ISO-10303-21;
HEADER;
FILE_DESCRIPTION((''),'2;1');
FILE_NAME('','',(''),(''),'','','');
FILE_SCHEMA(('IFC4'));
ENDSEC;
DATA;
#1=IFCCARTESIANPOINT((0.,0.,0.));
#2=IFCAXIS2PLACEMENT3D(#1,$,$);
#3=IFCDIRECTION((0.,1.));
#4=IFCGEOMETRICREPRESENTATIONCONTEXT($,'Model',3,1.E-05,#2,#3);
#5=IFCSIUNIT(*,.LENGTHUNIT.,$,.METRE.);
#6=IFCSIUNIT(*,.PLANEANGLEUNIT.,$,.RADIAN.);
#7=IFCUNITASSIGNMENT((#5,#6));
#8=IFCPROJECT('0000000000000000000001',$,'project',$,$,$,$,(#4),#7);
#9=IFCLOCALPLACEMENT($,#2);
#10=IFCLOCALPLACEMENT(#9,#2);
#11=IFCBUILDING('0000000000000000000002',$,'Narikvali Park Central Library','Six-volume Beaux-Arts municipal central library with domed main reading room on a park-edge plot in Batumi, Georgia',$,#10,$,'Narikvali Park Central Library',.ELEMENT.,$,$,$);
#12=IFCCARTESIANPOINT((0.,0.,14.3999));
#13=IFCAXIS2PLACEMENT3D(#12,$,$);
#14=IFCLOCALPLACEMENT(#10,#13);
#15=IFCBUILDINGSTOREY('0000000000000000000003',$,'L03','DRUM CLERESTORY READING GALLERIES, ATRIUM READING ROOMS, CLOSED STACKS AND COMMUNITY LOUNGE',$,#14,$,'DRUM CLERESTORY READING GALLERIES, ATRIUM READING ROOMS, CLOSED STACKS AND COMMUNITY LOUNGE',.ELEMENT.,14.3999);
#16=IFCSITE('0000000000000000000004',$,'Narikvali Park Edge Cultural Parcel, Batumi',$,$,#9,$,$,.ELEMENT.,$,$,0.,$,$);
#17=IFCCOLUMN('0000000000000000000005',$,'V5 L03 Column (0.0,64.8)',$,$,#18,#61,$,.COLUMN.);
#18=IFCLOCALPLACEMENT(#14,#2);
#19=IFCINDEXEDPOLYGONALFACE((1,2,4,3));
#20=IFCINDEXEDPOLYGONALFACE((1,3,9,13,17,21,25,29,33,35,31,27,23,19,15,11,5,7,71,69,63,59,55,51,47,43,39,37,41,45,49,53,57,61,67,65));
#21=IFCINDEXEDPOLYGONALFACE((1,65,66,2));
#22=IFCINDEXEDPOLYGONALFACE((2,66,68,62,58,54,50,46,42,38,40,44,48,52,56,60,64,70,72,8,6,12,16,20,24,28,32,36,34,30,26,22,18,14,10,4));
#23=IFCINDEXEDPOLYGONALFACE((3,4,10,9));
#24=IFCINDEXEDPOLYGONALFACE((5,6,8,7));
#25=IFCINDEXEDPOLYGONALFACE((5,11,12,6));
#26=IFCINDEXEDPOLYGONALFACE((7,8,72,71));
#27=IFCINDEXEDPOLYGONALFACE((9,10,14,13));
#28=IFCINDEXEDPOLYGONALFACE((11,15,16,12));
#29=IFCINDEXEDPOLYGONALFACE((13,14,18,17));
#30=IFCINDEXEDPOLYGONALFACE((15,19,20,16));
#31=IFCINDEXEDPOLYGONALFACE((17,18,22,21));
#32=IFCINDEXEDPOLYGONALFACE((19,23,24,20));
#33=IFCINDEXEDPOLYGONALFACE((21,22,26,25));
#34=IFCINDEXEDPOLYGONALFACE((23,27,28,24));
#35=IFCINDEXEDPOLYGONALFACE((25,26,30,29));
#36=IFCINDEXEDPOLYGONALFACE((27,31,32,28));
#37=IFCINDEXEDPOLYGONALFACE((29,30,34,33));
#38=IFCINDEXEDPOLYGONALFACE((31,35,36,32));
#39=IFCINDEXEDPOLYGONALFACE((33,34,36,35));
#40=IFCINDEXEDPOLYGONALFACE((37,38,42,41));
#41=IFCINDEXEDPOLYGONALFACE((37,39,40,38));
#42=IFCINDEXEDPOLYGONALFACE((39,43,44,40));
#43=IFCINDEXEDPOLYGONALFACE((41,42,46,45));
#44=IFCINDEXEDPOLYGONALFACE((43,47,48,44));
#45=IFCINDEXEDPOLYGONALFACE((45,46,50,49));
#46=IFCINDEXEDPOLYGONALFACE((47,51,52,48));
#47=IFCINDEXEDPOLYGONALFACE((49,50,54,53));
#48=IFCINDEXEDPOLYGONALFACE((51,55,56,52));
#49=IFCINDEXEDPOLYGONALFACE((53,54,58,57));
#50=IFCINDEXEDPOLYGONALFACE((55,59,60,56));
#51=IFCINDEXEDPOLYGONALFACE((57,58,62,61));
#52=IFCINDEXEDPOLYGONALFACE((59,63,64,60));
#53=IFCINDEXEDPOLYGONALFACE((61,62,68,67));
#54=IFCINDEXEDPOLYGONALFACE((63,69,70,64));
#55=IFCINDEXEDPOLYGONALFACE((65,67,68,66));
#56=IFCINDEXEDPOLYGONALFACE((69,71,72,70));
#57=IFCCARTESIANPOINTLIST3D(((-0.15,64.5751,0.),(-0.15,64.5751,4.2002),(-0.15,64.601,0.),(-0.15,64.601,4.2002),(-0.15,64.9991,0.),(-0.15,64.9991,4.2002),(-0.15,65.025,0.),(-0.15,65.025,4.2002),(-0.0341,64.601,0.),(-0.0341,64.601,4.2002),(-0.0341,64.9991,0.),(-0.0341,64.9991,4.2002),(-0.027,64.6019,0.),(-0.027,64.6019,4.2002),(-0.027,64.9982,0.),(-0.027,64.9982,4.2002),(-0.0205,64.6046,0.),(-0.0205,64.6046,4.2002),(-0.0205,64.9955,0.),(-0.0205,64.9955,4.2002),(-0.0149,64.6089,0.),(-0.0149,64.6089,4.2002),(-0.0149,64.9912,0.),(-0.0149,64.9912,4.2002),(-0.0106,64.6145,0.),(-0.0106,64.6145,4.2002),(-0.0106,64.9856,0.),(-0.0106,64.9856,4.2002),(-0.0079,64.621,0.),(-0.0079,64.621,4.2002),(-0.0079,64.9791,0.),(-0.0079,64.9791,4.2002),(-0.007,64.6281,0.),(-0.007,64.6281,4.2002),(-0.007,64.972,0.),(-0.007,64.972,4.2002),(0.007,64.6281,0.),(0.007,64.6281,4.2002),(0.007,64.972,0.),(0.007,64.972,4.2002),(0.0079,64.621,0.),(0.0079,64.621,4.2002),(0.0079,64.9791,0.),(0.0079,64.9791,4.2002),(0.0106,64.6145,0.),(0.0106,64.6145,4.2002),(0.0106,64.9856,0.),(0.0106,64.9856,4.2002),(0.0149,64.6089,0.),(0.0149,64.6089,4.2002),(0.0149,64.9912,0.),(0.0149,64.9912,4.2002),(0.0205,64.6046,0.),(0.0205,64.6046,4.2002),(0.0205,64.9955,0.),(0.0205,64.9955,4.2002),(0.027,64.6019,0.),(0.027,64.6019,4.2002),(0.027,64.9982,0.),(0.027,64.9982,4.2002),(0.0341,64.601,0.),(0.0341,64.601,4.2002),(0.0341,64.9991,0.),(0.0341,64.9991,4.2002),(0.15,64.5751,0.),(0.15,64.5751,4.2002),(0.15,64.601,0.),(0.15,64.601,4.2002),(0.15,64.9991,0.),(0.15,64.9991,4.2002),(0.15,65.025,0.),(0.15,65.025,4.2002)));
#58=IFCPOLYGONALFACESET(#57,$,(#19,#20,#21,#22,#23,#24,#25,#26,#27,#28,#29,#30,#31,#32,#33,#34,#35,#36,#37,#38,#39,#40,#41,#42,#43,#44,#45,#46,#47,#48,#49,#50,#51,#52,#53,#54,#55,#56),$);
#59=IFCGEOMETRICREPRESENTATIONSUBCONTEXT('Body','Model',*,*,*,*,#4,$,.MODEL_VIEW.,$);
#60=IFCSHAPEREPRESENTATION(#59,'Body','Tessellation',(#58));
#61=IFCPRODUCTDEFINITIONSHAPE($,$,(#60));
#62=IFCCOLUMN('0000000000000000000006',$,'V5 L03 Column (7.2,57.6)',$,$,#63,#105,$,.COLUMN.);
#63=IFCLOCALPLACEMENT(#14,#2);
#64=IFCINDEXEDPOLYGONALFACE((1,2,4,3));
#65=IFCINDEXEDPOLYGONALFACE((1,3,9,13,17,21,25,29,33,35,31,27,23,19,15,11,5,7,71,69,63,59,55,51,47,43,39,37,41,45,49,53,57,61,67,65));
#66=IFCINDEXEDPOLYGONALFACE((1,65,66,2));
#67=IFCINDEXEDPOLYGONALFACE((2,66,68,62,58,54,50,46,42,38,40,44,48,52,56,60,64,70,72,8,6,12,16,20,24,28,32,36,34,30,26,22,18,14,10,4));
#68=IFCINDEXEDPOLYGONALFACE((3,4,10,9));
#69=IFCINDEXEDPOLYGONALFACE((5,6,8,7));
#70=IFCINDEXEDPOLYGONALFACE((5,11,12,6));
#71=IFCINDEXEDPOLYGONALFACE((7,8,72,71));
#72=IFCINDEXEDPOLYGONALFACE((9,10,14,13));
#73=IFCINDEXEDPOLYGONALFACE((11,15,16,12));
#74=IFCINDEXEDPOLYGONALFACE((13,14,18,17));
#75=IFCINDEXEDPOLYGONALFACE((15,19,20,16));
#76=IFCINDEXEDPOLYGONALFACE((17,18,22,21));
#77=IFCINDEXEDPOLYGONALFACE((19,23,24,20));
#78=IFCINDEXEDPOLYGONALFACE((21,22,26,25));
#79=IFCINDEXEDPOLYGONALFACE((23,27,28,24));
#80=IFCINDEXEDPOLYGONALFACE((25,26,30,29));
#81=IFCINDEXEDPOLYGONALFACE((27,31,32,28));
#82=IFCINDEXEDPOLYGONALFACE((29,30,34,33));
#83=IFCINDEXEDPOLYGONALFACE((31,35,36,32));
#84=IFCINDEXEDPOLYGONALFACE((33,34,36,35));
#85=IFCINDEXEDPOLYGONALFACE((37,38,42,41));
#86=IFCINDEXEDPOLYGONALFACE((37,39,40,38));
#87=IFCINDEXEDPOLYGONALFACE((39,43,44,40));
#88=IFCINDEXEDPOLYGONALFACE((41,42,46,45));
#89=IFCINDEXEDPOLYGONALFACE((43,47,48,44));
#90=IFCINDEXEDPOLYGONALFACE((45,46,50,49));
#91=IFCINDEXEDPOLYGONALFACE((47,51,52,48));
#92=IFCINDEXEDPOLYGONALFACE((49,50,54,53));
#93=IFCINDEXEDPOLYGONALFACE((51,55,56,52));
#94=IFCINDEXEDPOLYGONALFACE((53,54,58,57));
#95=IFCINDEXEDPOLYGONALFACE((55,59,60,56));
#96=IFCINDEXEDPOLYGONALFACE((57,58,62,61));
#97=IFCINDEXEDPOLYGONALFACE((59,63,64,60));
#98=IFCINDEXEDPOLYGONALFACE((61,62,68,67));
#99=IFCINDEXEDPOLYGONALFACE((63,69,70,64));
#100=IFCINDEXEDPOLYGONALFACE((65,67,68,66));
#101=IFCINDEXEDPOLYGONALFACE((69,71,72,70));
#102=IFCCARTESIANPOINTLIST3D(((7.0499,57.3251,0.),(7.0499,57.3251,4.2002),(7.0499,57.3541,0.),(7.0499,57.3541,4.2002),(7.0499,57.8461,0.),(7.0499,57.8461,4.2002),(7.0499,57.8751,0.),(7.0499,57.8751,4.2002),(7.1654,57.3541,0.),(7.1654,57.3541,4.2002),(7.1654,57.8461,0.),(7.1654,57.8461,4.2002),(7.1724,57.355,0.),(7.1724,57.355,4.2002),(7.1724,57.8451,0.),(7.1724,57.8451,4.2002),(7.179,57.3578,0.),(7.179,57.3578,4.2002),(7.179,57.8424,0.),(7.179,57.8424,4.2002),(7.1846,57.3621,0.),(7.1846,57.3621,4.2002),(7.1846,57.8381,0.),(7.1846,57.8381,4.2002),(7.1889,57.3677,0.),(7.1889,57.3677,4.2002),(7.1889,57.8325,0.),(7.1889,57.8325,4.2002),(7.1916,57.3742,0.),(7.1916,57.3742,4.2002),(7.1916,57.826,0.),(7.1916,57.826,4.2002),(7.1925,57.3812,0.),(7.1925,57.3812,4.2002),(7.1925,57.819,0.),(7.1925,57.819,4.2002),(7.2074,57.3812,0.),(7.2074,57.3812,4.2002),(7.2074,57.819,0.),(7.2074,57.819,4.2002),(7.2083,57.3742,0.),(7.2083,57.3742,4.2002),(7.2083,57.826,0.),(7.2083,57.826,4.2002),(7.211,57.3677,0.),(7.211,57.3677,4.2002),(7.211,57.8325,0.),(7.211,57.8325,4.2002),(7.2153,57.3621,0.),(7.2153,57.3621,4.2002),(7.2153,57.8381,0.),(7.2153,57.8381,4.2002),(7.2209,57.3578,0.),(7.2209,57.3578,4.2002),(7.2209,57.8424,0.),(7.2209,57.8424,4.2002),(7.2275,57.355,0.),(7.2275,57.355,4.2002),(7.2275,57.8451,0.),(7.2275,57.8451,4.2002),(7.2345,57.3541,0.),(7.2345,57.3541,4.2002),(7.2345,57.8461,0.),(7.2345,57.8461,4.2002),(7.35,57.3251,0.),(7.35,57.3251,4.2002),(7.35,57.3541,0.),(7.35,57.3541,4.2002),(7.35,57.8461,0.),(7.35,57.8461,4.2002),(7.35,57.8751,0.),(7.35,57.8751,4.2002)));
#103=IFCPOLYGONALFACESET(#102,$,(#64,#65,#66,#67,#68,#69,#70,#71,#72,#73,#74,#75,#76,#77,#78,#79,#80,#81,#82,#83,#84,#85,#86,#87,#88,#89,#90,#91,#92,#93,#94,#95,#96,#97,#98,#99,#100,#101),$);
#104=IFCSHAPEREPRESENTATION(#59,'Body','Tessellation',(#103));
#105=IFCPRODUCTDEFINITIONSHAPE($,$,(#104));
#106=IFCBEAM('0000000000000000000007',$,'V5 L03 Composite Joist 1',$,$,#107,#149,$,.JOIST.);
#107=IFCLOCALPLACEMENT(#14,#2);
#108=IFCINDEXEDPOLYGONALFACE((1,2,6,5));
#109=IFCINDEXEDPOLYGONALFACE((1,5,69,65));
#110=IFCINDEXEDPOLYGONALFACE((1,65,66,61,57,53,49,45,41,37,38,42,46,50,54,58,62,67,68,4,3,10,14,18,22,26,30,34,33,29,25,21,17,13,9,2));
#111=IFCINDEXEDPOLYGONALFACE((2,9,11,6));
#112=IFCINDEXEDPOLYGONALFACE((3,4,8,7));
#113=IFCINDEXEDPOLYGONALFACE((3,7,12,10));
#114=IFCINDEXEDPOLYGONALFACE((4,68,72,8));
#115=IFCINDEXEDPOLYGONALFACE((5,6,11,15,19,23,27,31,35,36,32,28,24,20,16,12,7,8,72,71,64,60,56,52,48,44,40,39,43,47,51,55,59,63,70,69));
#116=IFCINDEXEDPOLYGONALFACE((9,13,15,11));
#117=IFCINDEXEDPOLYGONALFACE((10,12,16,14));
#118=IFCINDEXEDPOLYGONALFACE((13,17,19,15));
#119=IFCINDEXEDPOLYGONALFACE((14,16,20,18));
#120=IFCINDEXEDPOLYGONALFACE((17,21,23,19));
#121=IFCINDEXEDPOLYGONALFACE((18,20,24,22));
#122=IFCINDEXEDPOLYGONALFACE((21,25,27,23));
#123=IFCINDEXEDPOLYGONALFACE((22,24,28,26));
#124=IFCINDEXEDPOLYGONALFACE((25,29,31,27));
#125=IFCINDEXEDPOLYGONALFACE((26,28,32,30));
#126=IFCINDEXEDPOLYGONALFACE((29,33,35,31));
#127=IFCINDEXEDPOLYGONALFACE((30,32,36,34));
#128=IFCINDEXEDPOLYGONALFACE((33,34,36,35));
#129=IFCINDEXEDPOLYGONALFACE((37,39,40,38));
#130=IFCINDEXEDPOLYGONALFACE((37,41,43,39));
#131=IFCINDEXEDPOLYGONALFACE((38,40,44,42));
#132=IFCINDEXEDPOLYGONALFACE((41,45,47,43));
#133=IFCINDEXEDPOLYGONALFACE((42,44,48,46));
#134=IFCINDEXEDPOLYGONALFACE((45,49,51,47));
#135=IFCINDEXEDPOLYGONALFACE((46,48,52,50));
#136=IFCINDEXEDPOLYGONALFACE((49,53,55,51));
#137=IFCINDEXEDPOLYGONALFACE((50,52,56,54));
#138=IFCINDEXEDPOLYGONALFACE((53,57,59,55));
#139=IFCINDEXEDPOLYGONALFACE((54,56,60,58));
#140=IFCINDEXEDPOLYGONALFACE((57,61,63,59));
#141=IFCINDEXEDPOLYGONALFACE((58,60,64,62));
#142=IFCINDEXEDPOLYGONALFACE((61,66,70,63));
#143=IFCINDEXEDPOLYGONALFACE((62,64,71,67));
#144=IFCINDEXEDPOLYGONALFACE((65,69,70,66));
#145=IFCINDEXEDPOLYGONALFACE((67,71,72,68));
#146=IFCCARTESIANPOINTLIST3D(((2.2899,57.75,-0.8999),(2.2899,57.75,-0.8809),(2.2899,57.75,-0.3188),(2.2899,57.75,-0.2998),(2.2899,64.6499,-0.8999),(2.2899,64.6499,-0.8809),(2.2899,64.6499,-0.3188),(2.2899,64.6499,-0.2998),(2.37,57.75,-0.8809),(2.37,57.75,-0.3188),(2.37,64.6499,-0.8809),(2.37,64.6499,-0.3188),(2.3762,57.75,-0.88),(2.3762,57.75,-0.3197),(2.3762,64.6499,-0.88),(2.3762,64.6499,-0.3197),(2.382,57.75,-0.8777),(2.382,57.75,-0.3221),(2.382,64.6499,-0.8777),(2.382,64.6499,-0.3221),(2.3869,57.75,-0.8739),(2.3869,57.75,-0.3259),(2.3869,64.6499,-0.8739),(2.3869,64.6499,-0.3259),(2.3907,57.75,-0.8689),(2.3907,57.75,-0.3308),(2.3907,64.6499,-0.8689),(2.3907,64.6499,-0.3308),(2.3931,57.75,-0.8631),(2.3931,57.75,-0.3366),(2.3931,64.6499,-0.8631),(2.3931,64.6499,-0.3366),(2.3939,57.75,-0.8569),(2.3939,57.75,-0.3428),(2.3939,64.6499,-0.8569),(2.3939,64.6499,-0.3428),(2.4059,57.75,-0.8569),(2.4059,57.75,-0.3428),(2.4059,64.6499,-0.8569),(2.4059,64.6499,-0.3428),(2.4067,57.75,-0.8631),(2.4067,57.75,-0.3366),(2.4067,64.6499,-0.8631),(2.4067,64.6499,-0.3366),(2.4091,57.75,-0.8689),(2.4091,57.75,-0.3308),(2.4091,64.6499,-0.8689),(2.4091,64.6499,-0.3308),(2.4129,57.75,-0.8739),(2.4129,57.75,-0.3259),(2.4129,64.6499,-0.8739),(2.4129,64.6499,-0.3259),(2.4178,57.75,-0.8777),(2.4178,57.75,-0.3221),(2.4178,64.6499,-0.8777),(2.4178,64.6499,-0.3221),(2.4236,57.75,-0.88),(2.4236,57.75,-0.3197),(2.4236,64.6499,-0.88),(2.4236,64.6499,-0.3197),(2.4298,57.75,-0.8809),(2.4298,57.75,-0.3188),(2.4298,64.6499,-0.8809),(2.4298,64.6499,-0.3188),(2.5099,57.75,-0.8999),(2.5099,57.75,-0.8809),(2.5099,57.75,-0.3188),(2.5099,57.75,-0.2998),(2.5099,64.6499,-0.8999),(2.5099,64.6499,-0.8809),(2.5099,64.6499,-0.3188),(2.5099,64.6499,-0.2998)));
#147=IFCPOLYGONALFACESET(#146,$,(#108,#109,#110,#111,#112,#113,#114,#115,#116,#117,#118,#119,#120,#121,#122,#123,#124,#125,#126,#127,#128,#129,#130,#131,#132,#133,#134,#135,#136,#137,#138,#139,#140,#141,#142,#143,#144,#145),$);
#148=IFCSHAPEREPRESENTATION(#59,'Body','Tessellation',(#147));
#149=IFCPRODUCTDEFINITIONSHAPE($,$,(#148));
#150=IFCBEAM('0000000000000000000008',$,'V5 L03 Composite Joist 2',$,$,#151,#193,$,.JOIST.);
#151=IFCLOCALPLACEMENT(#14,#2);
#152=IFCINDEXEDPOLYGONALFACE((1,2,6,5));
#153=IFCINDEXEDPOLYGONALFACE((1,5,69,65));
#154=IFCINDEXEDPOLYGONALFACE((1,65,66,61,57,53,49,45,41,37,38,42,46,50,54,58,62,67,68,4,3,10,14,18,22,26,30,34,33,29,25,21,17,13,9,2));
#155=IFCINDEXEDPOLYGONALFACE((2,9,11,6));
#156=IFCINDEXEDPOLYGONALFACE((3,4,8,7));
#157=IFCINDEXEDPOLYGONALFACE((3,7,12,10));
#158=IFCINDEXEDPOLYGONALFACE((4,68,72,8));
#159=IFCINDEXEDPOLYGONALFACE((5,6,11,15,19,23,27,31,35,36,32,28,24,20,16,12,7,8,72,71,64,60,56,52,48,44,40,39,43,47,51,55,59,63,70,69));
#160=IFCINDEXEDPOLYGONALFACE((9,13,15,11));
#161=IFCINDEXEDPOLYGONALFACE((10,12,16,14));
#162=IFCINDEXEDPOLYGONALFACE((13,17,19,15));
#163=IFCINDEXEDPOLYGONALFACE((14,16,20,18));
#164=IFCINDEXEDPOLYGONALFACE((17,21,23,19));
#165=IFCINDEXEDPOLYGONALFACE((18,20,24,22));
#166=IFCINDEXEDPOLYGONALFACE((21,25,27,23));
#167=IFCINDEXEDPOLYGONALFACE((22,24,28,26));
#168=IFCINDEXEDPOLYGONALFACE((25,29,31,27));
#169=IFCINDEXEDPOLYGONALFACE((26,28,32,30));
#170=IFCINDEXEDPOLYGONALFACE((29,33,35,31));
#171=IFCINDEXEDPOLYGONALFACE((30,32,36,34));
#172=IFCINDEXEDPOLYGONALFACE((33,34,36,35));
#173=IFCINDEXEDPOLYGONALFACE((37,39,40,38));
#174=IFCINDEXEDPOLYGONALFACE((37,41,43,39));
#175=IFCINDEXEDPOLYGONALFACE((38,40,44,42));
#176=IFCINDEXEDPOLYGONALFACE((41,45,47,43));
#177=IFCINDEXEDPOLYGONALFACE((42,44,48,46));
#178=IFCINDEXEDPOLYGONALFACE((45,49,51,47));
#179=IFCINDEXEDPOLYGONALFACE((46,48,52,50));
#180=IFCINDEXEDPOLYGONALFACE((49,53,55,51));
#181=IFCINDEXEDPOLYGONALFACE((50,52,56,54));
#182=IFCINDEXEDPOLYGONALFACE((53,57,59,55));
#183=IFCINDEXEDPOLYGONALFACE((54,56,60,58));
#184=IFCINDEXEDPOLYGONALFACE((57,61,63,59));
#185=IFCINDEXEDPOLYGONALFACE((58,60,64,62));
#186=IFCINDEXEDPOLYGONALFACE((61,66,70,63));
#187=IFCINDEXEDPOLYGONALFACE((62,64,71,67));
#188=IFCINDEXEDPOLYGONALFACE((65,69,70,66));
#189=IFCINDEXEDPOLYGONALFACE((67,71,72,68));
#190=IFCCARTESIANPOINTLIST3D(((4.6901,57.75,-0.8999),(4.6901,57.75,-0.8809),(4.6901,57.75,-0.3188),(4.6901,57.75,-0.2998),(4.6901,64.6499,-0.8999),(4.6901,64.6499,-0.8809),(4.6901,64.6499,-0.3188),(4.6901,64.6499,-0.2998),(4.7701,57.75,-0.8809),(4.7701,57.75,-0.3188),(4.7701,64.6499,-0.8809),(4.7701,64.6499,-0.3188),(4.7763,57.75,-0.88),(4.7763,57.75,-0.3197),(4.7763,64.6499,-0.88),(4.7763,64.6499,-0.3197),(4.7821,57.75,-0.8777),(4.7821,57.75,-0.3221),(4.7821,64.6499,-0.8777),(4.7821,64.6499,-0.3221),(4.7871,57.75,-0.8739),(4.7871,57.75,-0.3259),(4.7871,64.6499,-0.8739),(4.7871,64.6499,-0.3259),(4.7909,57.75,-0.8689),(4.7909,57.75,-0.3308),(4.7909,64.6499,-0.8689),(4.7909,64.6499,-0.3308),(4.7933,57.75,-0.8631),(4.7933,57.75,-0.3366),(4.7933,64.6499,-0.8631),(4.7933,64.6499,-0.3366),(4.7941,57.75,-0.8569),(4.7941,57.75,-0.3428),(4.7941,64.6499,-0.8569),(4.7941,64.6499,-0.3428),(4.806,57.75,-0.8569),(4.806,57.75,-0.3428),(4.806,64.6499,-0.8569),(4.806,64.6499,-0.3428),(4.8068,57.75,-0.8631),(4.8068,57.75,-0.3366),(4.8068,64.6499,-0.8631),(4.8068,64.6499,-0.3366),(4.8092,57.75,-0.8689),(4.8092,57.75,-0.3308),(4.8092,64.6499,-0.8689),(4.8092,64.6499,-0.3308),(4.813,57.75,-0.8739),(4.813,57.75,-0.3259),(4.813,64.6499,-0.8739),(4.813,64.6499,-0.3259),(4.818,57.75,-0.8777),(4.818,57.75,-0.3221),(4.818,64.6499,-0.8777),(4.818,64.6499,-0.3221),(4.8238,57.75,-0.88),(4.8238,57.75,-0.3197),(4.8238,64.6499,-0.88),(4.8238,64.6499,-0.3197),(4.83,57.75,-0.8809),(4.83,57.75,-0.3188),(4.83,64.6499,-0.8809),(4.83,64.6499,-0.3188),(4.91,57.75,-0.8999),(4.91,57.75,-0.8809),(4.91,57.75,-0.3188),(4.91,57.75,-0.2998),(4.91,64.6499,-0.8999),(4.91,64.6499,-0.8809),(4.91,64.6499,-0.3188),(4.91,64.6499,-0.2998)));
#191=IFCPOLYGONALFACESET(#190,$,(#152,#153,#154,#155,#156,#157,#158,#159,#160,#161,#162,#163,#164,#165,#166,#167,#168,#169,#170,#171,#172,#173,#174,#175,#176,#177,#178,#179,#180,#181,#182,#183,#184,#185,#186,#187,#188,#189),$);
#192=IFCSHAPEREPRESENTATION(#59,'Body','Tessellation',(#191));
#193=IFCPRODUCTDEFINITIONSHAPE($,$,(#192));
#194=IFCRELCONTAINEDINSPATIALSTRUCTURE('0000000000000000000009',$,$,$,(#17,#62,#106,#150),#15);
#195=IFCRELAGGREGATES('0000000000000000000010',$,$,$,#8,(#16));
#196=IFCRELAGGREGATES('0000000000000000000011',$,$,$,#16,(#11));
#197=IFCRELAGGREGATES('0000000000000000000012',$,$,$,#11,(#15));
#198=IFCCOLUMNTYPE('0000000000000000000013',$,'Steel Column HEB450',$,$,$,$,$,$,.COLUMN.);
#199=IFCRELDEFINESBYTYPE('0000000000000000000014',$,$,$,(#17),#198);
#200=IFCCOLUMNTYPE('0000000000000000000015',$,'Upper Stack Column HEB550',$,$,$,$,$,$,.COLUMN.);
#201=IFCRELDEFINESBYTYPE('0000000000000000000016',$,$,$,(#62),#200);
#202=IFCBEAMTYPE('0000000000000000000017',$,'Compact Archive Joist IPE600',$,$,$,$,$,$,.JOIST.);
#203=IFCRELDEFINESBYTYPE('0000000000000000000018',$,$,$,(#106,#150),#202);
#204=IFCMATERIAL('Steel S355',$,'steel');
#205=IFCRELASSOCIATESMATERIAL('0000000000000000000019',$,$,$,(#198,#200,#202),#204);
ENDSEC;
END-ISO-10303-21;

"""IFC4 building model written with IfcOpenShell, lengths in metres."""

from ifc_helpers import new_model, si_unit, direction, frame, origin, origin_2d, place, context, subcontext, project, spatial, i_section, extrude, material, material_profile, profile_set, type_object, element, save


model = new_model("IFC4")

# Units and contexts
model_context = context("Model", 3, precision=1e-05, world=origin(), true_north=direction((0.0, 1.0)))
body_context = subcontext(model_context, "Body", "Model", "MODEL_VIEW")
ifc_project = project(units=[si_unit("LENGTHUNIT", "METRE"), si_unit("PLANEANGLEUNIT", "RADIAN")], contexts=[model_context])

# Site, building, storey
site_placement = place(None, origin())
site = spatial("IfcSite", under=ifc_project, at=site_placement, Name="Narikvali Park Edge Cultural Parcel, Batumi", CompositionType="ELEMENT", RefElevation=0.0)
building_placement = place(site_placement, origin())
building = spatial("IfcBuilding", under=site, at=building_placement, Name="Narikvali Park Central Library", Description="Six-volume Beaux-Arts municipal central library with domed main reading room on a park-edge plot in Batumi, Georgia", LongName="Narikvali Park Central Library", CompositionType="ELEMENT")
storey_placement = place(building_placement, frame((0.0, 0.0, 14.3999)))
storey = spatial("IfcBuildingStorey", under=building, at=storey_placement, Name="L03", Description="DRUM CLERESTORY READING GALLERIES, ATRIUM READING ROOMS, CLOSED STACKS AND COMMUNITY LOUNGE", LongName="DRUM CLERESTORY READING GALLERIES, ATRIUM READING ROOMS, CLOSED STACKS AND COMMUNITY LOUNGE", CompositionType="ELEMENT", Elevation=14.3999)

# Columns
ifc_material_1 = material(Name="Steel S355", Category="steel")
ifc_material_profile_1 = material_profile(ifc_material_1, i_section(OverallWidth=0.3, OverallDepth=0.45, WebThickness=0.0139, FlangeThickness=0.0259, FilletRadius=0.0271, at=origin_2d()), Name="HEB 450")
ifc_profile_set_1 = profile_set([ifc_material_profile_1], Name="Steel S355")
column_type_1 = type_object("IfcColumnType", Name="Steel Column HEB450", PredefinedType="COLUMN", material=ifc_profile_set_1)
column_1_placement = place(storey_placement, frame((0.0, 64.8, 0.0), z_axis=(0.0, 0.0, 1.0), x_axis=(1.0, 0.0, 0.0)))
element("IfcColumn", 1, at=column_1_placement, inside=storey, type_object=column_type_1, Name="V5 L03 Column (0.0,64.8)", PredefinedType="COLUMN", context=body_context, shape_type="SweptSolid", body=[
    extrude(i_section(OverallWidth=0.3, OverallDepth=0.45, WebThickness=0.0139, FlangeThickness=0.0259, FilletRadius=0.0271, at=origin_2d()), origin(), (0.0, 0.0, 1.0), 4.2002),
])
ifc_material_profile_2 = material_profile(ifc_material_1, i_section(OverallWidth=0.3, OverallDepth=0.55, WebThickness=0.0149, FlangeThickness=0.0291, FilletRadius=0.0271, at=origin_2d()), Name="HEB 550")
ifc_profile_set_2 = profile_set([ifc_material_profile_2], Name="Steel S355")
column_type_2 = type_object("IfcColumnType", Name="Upper Stack Column HEB550", PredefinedType="COLUMN", material=ifc_profile_set_2)
column_2_placement = place(storey_placement, frame((7.2, 57.6001, 0.0), z_axis=(0.0, 0.0, 1.0), x_axis=(1.0, 0.0, 0.0)))
element("IfcColumn", 2, at=column_2_placement, inside=storey, type_object=column_type_2, Name="V5 L03 Column (7.2,57.6)", PredefinedType="COLUMN", context=body_context, shape_type="SweptSolid", body=[
    extrude(i_section(OverallWidth=0.3, OverallDepth=0.55, WebThickness=0.0149, FlangeThickness=0.0291, FilletRadius=0.0271, at=origin_2d()), origin(), (0.0, 0.0, 1.0), 4.2002),
])

# Beams
ifc_material_profile_3 = material_profile(ifc_material_1, i_section(OverallWidth=0.22, OverallDepth=0.6001, WebThickness=0.012, FlangeThickness=0.019, FilletRadius=0.0239, at=origin_2d()), Name="IPE 600")
ifc_profile_set_3 = profile_set([ifc_material_profile_3], Name="Steel S355")
beam_type_1 = type_object("IfcBeamType", Name="Compact Archive Joist IPE600", PredefinedType="JOIST", material=ifc_profile_set_3)
for number, where, z_axis, x_axis, name in (
    (3, (2.3999, 57.75, -0.5999), (0.0, 1.0, 0.0), (-1.0, 0.0, 0.0), "V5 L03 Composite Joist 1"),
    (4, (4.8, 57.75, -0.5999), (0.0, 1.0, 0.0), (-1.0, 0.0, 0.0), "V5 L03 Composite Joist 2"),
):
    element("IfcBeam", number, at=place(storey_placement, frame(where, z_axis=z_axis, x_axis=x_axis)), inside=storey, type_object=beam_type_1, Name=name, PredefinedType="JOIST", context=body_context, shape_type="SweptSolid", body=[
        extrude(i_section(OverallWidth=0.22, OverallDepth=0.6001, WebThickness=0.012, FlangeThickness=0.019, FilletRadius=0.0239, at=origin_2d()), origin(), (0.0, 0.0, 1.0), 6.8999),
    ])

save(model, "model.ifc")
